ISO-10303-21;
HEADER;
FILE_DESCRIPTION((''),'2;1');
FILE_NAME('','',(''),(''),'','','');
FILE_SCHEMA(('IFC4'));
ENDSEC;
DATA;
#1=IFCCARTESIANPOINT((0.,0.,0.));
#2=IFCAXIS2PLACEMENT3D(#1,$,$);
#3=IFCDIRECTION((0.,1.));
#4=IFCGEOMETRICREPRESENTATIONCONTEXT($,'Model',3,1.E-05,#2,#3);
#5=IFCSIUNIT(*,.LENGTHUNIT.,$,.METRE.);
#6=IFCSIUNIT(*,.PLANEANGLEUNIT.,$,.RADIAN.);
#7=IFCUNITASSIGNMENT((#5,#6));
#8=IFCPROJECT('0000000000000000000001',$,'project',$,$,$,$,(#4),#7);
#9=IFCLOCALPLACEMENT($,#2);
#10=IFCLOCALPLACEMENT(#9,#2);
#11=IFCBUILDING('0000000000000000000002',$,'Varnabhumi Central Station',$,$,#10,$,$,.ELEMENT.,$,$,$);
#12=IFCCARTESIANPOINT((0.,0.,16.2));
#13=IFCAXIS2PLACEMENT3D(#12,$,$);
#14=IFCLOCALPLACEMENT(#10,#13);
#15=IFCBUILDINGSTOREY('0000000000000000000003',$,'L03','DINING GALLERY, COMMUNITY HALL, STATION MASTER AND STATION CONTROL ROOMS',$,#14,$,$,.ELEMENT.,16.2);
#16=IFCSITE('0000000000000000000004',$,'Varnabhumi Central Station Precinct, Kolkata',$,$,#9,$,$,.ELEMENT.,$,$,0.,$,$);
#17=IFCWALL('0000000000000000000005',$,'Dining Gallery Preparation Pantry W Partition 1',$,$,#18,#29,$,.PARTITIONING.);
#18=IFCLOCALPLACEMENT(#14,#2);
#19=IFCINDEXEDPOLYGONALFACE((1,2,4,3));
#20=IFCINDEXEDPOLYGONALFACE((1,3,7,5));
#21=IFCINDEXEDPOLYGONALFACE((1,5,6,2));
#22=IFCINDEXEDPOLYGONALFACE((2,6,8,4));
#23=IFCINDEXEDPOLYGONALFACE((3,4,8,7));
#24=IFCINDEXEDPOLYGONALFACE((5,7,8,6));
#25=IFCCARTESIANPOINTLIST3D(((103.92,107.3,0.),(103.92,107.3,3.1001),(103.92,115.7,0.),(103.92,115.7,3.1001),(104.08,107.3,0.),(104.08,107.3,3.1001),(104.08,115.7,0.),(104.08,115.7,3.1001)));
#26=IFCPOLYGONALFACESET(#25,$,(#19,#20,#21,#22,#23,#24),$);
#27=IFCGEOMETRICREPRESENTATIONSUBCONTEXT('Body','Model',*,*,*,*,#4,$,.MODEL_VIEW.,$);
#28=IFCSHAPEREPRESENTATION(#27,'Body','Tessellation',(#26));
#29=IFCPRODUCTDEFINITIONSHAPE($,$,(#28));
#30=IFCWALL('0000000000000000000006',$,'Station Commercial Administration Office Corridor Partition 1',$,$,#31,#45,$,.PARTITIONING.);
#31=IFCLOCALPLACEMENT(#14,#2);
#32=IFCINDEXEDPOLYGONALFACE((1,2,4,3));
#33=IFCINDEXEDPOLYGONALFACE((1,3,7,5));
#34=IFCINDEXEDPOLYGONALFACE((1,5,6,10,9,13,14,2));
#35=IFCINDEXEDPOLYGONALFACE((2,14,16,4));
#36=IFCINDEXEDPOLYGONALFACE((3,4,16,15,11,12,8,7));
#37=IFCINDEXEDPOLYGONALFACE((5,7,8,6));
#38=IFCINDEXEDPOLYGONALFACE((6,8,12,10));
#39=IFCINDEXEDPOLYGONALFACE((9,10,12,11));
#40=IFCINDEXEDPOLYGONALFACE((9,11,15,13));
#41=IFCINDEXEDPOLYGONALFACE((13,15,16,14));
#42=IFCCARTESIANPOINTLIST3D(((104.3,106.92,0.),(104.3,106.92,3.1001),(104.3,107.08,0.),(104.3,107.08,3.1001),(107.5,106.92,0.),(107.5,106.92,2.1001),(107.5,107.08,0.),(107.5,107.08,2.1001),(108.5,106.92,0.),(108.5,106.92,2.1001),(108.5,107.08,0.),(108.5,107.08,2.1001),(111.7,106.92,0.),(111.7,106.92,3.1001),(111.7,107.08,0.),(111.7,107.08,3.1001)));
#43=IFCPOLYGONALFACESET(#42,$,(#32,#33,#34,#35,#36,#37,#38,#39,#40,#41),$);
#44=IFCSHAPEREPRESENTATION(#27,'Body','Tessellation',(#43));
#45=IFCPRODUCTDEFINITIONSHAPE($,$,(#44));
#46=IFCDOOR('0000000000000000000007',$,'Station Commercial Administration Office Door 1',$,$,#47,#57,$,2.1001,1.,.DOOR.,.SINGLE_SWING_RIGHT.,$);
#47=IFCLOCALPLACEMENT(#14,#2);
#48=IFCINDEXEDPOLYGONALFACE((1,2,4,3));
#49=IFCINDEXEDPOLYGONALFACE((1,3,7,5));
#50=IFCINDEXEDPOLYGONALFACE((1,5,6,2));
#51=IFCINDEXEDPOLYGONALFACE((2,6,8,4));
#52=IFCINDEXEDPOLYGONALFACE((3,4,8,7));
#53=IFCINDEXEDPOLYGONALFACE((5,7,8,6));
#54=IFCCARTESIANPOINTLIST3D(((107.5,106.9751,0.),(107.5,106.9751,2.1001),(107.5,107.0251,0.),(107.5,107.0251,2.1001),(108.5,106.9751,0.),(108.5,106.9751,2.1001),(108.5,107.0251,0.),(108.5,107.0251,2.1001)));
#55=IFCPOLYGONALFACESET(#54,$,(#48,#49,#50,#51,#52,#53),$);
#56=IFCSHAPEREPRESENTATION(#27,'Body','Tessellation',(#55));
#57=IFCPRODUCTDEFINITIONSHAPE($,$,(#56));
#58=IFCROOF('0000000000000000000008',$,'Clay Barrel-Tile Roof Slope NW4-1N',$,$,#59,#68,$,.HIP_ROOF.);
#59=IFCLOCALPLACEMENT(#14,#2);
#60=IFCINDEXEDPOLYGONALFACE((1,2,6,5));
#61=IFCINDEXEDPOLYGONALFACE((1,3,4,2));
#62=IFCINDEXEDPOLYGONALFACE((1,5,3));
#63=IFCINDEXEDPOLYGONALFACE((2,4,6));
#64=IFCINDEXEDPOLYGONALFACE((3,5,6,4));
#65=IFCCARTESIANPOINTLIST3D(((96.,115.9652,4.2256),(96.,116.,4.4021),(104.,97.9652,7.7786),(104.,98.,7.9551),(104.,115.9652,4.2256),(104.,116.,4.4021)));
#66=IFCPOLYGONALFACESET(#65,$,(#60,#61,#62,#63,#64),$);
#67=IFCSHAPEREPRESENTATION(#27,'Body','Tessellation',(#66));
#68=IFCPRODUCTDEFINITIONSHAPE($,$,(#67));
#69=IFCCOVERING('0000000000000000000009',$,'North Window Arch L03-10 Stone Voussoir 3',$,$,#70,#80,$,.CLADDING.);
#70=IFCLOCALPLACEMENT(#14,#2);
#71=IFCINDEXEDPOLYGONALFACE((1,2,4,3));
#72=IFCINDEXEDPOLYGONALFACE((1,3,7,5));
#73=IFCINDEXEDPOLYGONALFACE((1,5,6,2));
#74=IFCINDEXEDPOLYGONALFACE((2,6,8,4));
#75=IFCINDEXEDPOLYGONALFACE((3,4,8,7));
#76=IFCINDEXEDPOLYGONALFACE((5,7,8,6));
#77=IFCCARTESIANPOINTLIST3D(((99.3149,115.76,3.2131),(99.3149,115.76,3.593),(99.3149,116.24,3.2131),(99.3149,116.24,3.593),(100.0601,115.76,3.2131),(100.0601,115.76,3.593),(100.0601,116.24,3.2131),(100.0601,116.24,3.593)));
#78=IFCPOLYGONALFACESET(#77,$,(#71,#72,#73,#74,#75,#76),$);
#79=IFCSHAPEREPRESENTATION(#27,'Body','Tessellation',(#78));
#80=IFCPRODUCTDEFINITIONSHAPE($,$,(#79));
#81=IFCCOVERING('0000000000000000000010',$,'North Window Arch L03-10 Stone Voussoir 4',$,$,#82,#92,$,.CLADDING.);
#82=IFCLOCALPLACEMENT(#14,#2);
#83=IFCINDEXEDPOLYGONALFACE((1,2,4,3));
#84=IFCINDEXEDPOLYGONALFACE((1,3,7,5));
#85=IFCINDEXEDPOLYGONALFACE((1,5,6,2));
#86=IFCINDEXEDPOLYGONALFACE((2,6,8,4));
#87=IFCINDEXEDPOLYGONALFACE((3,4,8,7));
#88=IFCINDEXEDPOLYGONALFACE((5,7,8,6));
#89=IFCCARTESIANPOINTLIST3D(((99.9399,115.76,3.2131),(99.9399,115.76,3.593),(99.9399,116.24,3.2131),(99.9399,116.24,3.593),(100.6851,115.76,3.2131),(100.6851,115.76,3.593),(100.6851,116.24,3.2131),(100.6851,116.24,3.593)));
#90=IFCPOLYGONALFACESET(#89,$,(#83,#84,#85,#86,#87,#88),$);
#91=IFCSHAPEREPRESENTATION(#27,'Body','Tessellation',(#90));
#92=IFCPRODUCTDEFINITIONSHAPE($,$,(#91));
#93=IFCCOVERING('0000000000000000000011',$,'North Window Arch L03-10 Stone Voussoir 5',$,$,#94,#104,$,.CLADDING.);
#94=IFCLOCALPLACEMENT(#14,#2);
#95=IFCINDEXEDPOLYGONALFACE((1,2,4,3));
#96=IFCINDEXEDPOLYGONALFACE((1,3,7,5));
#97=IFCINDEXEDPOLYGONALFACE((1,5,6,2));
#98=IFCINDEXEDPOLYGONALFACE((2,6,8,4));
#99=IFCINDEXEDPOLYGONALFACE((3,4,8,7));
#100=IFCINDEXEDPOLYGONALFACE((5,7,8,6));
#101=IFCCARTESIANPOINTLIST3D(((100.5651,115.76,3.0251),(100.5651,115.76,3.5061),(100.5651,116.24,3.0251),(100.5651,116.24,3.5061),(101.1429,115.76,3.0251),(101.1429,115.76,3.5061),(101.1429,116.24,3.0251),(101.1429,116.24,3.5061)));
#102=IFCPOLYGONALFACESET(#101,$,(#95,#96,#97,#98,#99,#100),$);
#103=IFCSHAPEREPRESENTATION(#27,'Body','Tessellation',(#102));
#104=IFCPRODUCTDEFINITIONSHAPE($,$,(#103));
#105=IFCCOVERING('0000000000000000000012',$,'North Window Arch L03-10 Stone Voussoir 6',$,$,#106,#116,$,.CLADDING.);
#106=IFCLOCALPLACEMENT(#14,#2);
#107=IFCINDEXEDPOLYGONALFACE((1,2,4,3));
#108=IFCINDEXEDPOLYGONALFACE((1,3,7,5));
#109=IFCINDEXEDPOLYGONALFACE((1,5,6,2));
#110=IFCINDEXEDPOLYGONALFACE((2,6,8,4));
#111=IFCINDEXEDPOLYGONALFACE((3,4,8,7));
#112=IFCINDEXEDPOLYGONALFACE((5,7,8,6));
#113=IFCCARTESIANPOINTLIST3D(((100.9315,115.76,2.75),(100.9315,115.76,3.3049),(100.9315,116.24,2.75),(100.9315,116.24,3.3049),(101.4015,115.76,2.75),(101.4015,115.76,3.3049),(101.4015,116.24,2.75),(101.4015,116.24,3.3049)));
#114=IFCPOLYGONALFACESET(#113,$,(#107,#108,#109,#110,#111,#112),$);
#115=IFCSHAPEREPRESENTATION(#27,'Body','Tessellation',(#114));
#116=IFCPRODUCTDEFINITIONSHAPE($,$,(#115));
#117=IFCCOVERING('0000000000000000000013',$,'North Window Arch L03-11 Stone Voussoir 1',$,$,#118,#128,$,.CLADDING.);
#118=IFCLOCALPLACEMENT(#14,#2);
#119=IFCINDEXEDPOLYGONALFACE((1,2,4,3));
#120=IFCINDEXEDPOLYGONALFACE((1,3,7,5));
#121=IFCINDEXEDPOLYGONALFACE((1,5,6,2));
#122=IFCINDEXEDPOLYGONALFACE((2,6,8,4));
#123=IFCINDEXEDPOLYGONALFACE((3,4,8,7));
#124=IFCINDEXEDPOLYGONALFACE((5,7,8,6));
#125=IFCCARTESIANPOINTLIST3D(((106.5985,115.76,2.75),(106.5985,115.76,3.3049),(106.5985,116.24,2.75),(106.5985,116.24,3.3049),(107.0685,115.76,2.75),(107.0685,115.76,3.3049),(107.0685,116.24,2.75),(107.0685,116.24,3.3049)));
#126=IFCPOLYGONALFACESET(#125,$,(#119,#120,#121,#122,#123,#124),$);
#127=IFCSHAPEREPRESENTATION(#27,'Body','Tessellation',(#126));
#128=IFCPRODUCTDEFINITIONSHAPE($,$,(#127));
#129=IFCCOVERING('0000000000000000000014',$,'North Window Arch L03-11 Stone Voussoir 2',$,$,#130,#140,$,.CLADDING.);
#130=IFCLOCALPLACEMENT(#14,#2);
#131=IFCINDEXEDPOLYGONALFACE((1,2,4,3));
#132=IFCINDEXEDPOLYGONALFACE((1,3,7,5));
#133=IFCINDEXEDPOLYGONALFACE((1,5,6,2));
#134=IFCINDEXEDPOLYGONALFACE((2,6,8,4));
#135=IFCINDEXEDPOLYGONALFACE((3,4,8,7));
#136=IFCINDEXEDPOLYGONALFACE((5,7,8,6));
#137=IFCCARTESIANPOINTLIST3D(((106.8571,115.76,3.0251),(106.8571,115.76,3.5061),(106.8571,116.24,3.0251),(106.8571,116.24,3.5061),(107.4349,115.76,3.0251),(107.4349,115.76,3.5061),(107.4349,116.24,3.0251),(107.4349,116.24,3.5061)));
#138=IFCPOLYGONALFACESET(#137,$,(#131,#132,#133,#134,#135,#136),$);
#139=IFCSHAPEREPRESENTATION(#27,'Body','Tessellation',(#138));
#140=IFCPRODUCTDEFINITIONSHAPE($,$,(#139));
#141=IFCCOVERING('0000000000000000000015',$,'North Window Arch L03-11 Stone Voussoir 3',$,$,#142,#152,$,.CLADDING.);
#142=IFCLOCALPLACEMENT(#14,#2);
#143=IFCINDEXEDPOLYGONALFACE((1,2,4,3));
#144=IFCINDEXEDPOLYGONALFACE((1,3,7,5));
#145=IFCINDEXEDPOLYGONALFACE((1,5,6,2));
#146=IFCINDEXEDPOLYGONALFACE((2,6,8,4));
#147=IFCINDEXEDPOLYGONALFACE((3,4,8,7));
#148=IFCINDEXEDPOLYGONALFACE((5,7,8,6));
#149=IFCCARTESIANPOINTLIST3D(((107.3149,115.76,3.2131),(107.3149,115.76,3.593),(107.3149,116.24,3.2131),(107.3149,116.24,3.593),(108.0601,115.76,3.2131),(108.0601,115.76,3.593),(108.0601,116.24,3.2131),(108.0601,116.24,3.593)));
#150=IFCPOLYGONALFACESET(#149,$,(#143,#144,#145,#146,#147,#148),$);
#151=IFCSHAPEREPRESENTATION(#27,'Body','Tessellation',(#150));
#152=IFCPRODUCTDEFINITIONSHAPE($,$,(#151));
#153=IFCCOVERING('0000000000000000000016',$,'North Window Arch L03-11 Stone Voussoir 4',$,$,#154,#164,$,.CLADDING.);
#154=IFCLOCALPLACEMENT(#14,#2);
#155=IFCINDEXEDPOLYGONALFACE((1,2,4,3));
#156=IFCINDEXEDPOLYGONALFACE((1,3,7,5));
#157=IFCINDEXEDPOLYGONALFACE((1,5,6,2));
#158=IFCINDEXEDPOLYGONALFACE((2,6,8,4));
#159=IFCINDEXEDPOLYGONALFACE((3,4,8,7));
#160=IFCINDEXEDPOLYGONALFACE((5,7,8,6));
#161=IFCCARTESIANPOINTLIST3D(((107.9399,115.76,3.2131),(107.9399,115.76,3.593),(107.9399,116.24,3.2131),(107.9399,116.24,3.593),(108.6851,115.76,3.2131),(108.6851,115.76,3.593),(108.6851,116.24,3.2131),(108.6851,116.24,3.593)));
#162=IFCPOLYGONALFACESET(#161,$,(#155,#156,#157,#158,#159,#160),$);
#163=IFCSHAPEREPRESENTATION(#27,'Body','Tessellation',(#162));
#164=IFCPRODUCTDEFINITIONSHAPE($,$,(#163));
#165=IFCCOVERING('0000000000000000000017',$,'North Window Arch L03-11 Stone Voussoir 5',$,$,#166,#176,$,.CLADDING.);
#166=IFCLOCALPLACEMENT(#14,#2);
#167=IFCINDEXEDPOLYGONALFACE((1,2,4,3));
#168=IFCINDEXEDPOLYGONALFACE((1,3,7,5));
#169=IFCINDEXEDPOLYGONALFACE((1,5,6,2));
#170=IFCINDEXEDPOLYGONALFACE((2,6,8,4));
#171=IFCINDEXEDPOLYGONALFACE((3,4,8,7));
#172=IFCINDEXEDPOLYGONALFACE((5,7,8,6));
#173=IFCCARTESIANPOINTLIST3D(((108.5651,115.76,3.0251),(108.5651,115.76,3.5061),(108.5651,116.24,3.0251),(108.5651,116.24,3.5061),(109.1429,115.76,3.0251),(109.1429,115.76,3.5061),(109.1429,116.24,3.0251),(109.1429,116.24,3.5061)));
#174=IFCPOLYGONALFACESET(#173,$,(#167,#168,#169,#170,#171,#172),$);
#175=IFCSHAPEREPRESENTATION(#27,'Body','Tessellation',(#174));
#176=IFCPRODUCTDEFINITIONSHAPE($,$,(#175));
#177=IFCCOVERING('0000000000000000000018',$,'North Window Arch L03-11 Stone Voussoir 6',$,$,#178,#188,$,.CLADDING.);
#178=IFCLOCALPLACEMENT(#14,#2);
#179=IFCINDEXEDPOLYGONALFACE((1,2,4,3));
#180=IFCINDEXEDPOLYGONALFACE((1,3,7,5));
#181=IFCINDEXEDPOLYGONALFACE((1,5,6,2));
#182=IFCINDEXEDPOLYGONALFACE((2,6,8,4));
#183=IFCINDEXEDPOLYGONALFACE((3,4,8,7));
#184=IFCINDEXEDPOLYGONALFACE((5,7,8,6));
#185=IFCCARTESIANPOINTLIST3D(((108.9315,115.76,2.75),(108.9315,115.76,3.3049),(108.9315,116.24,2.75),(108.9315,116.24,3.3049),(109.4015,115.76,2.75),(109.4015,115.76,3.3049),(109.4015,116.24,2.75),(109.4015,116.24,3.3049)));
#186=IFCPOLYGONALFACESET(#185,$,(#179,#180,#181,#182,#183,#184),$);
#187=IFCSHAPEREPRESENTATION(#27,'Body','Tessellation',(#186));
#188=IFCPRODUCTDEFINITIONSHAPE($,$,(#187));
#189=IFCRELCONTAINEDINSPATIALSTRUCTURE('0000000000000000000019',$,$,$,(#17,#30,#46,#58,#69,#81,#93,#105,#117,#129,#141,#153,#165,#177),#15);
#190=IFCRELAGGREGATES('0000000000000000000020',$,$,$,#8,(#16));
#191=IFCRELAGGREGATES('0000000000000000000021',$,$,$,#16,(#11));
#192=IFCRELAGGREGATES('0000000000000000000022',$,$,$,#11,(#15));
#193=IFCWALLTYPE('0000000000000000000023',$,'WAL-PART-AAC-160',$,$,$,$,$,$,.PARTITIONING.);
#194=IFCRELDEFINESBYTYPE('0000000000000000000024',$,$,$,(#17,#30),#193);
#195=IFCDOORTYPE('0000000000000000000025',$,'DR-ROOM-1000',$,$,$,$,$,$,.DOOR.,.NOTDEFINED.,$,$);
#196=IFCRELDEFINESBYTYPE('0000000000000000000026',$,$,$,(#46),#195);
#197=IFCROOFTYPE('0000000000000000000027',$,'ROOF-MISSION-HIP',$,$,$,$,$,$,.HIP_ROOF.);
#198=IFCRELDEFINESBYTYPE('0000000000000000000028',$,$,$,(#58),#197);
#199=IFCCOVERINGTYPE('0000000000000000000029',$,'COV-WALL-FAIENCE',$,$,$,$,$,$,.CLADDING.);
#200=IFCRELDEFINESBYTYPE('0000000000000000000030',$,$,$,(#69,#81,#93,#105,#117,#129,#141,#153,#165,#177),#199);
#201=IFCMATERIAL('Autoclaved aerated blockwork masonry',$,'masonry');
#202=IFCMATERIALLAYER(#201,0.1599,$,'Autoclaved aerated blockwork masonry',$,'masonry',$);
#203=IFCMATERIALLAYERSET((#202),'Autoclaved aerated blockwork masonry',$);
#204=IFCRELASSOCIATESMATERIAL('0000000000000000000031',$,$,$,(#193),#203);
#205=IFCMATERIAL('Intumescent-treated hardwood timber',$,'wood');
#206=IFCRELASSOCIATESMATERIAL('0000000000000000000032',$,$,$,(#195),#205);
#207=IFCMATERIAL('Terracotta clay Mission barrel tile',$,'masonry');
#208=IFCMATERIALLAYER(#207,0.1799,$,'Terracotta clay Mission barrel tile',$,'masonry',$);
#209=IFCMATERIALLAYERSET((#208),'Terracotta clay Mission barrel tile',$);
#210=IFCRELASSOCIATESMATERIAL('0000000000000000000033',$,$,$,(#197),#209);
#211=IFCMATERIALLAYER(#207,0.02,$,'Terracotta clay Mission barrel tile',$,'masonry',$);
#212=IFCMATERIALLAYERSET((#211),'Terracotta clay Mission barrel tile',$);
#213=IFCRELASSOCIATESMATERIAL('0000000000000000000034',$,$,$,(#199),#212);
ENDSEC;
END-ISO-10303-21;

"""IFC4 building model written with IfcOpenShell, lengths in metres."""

from ifc_helpers import new_model, si_unit, direction, frame, frame_2d, origin, origin_2d, place, context, subcontext, project, spatial, polyline, rectangle, outline, extrude, material, layer, layer_set, type_object, element, fill, save


model = new_model("IFC4")

# Units and contexts
model_context = context("Model", 3, precision=1e-05, world=origin(), true_north=direction((0.0, 1.0)))
body_context = subcontext(model_context, "Body", "Model", "MODEL_VIEW")
ifc_project = project(units=[si_unit("LENGTHUNIT", "METRE"), si_unit("PLANEANGLEUNIT", "RADIAN")], contexts=[model_context])

# Site, building, storey
site_placement = place(None, origin())
site = spatial("IfcSite", under=ifc_project, at=site_placement, Name="Varnabhumi Central Station Precinct, Kolkata", CompositionType="ELEMENT", RefElevation=0.0)
building_placement = place(site_placement, origin())
building = spatial("IfcBuilding", under=site, at=building_placement, Name="Varnabhumi Central Station", CompositionType="ELEMENT")
storey_placement = place(building_placement, frame((0.0, 0.0, 16.2)))
storey = spatial("IfcBuildingStorey", under=building, at=storey_placement, Name="L03", Description="DINING GALLERY, COMMUNITY HALL, STATION MASTER AND STATION CONTROL ROOMS", CompositionType="ELEMENT", Elevation=16.2)

# Shared definitions
ifc_material_1 = material(Name="Autoclaved aerated blockwork masonry", Category="masonry")

# Wall
ifc_layer_1 = layer(ifc_material_1, 0.1599, Name="Autoclaved aerated blockwork masonry", Category="masonry")
ifc_layer_set_1 = layer_set([ifc_layer_1], Name="Autoclaved aerated blockwork masonry")
wall_type_1 = type_object("IfcWallType", Name="WAL-PART-AAC-160", PredefinedType="PARTITIONING", material=ifc_layer_set_1)
wall_1_placement = place(storey_placement, frame((104.0, 107.3, 0.0), z_axis=(0.0, 0.0, 1.0), x_axis=(0.0, 1.0, 0.0)))
element("IfcWall", 1, at=wall_1_placement, inside=storey, type_object=wall_type_1, Name="Dining Gallery Preparation Pantry W Partition 1", PredefinedType="PARTITIONING", context=body_context, shape_type="SweptSolid", body=[
    extrude(rectangle(XDim=8.3999, YDim=0.1599, at=frame_2d((4.2, 0.0))), origin(), (0.0, 0.0, 1.0), 3.1001),
])

# Wall, opening, door
wall_2_placement = place(storey_placement, frame((104.3, 107.0, 0.0), z_axis=(0.0, 0.0, 1.0), x_axis=(1.0, 0.0, 0.0)))
wall_2 = element("IfcWall", 2, at=wall_2_placement, inside=storey, type_object=wall_type_1, Name="Station Commercial Administration Office Corridor Partition 1", PredefinedType="PARTITIONING", context=body_context, shape_type="SweptSolid", body=[
    extrude(rectangle(XDim=7.3999, YDim=0.1599, at=frame_2d((3.7, 0.0))), origin(), (0.0, 0.0, 1.0), 3.1001),
])
opening_1_placement = place(wall_2_placement, frame((3.2, 0.0, 0.0)))
opening_1 = element("IfcOpeningElement", 3, at=opening_1_placement, cuts=wall_2, PredefinedType="OPENING", context=body_context, shape_type="SweptSolid", body=[
    extrude(rectangle(XDim=1.0, YDim=2.1001, at=frame_2d((0.5, 1.05))), frame((0.0, 0.0898, 0.0), z_axis=(0.0, -1.0, 0.0), x_axis=(1.0, 0.0, 0.0)), (0.0, 0.0, 1.0), 0.1799),
])
ifc_material_2 = material(Name="Intumescent-treated hardwood timber", Category="wood")
door_type = type_object("IfcDoorType", Name="DR-ROOM-1000", OperationType="NOTDEFINED", PredefinedType="DOOR", material=ifc_material_2)
door_placement = place(opening_1_placement, frame((1.0, 0.0, 0.0), z_axis=(0.0, 0.0, 1.0), x_axis=(-1.0, 0.0, 0.0)))
door = element("IfcDoor", 4, at=door_placement, inside=storey, type_object=door_type, Name="Station Commercial Administration Office Door 1", OperationType="SINGLE_SWING_RIGHT", OverallHeight=2.1001, OverallWidth=1.0, PredefinedType="DOOR", context=body_context, shape_type="SweptSolid", body=[
    extrude(rectangle(XDim=1.0, YDim=2.1001, at=frame_2d((0.5, 1.05))), frame((0.0, 0.0249, 0.0), z_axis=(0.0, -1.0, 0.0), x_axis=(1.0, 0.0, 0.0)), (0.0, 0.0, 1.0), 0.05),
])
fill(opening_1, door)

# Roof
ifc_material_3 = material(Name="Terracotta clay Mission barrel tile", Category="masonry")
ifc_layer_2 = layer(ifc_material_3, 0.1799, Name="Terracotta clay Mission barrel tile", Category="masonry")
ifc_layer_set_2 = layer_set([ifc_layer_2], Name="Terracotta clay Mission barrel tile")
roof_type = type_object("IfcRoofType", Name="ROOF-MISSION-HIP", PredefinedType="HIP_ROOF", material=ifc_layer_set_2)
roof_placement = place(storey_placement, frame((104.0, 116.0, 4.4021), z_axis=(0.0, 0.193651, 0.98107), x_axis=(-1.0, 0.0, 0.0)))
element("IfcRoof", 5, at=roof_placement, inside=storey, type_object=roof_type, Name="Clay Barrel-Tile Roof Slope NW4-1N", PredefinedType="HIP_ROOF", context=body_context, shape_type="SweptSolid", body=[
    extrude(outline(polyline([(0.0, 0.0), (8.0, 0.0), (0.0, 18.3473), (0.0, 0.0)])), origin(), (0.0, 0.0, -1.0), 0.1799),
])

# Coverings
ifc_layer_3 = layer(ifc_material_3, 0.02, Name="Terracotta clay Mission barrel tile", Category="masonry")
ifc_layer_set_3 = layer_set([ifc_layer_3], Name="Terracotta clay Mission barrel tile")
covering_type = type_object("IfcCoveringType", Name="COV-WALL-FAIENCE", PredefinedType="CLADDING", material=ifc_layer_set_3)
for number, where, z_axis, x_axis, name in (
    (6, (99.6875, 116.0, 3.2131), (0.0, 0.0, 1.0), (1.0, 0.0, 0.0), "North Window Arch L03-10 Stone Voussoir 3"),
    (7, (100.3125, 116.0, 3.2131), (0.0, 0.0, 1.0), (1.0, 0.0, 0.0), "North Window Arch L03-10 Stone Voussoir 4"),
):
    element("IfcCovering", number, at=place(storey_placement, frame(where, z_axis=z_axis, x_axis=x_axis)), inside=storey, type_object=covering_type, Name=name, PredefinedType="CLADDING", context=body_context, shape_type="SweptSolid", body=[
        extrude(rectangle(XDim=0.7451, YDim=0.48, at=origin_2d()), origin(), (0.0, 0.0, 1.0), 0.3799),
    ])
covering_1_placement = place(storey_placement, frame((100.854, 116.0, 3.0251), z_axis=(0.0, 0.0, 1.0), x_axis=(1.0, 0.0, 0.0)))
element("IfcCovering", 8, at=covering_1_placement, inside=storey, type_object=covering_type, Name="North Window Arch L03-10 Stone Voussoir 5", PredefinedType="CLADDING", context=body_context, shape_type="SweptSolid", body=[
    extrude(rectangle(XDim=0.5779, YDim=0.48, at=origin_2d()), origin(), (0.0, 0.0, 1.0), 0.481),
])
for number, where, z_axis, x_axis, name in (
    (9, (101.1665, 116.0, 2.75), (0.0, 0.0, 1.0), (1.0, 0.0, 0.0), "North Window Arch L03-10 Stone Voussoir 6"),
    (10, (106.8335, 116.0, 2.75), (0.0, 0.0, 1.0), (1.0, 0.0, 0.0), "North Window Arch L03-11 Stone Voussoir 1"),
):
    element("IfcCovering", number, at=place(storey_placement, frame(where, z_axis=z_axis, x_axis=x_axis)), inside=storey, type_object=covering_type, Name=name, PredefinedType="CLADDING", context=body_context, shape_type="SweptSolid", body=[
        extrude(rectangle(XDim=0.47, YDim=0.48, at=origin_2d()), origin(), (0.0, 0.0, 1.0), 0.5549),
    ])
covering_2_placement = place(storey_placement, frame((107.146, 116.0, 3.0251), z_axis=(0.0, 0.0, 1.0), x_axis=(1.0, 0.0, 0.0)))
element("IfcCovering", 11, at=covering_2_placement, inside=storey, type_object=covering_type, Name="North Window Arch L03-11 Stone Voussoir 2", PredefinedType="CLADDING", context=body_context, shape_type="SweptSolid", body=[
    extrude(rectangle(XDim=0.5779, YDim=0.48, at=origin_2d()), origin(), (0.0, 0.0, 1.0), 0.481),
])
for number, where, z_axis, x_axis, name in (
    (12, (107.6875, 116.0, 3.2131), (0.0, 0.0, 1.0), (1.0, 0.0, 0.0), "North Window Arch L03-11 Stone Voussoir 3"),
    (13, (108.3125, 116.0, 3.2131), (0.0, 0.0, 1.0), (1.0, 0.0, 0.0), "North Window Arch L03-11 Stone Voussoir 4"),
):
    element("IfcCovering", number, at=place(storey_placement, frame(where, z_axis=z_axis, x_axis=x_axis)), inside=storey, type_object=covering_type, Name=name, PredefinedType="CLADDING", context=body_context, shape_type="SweptSolid", body=[
        extrude(rectangle(XDim=0.7451, YDim=0.48, at=origin_2d()), origin(), (0.0, 0.0, 1.0), 0.3799),
    ])
covering_3_placement = place(storey_placement, frame((108.854, 116.0, 3.0251), z_axis=(0.0, 0.0, 1.0), x_axis=(1.0, 0.0, 0.0)))
element("IfcCovering", 14, at=covering_3_placement, inside=storey, type_object=covering_type, Name="North Window Arch L03-11 Stone Voussoir 5", PredefinedType="CLADDING", context=body_context, shape_type="SweptSolid", body=[
    extrude(rectangle(XDim=0.5779, YDim=0.48, at=origin_2d()), origin(), (0.0, 0.0, 1.0), 0.481),
])
covering_4_placement = place(storey_placement, frame((109.1665, 116.0, 2.75), z_axis=(0.0, 0.0, 1.0), x_axis=(1.0, 0.0, 0.0)))
element("IfcCovering", 15, at=covering_4_placement, inside=storey, type_object=covering_type, Name="North Window Arch L03-11 Stone Voussoir 6", PredefinedType="CLADDING", context=body_context, shape_type="SweptSolid", body=[
    extrude(rectangle(XDim=0.47, YDim=0.48, at=origin_2d()), origin(), (0.0, 0.0, 1.0), 0.5549),
])

save(model, "model.ifc")
